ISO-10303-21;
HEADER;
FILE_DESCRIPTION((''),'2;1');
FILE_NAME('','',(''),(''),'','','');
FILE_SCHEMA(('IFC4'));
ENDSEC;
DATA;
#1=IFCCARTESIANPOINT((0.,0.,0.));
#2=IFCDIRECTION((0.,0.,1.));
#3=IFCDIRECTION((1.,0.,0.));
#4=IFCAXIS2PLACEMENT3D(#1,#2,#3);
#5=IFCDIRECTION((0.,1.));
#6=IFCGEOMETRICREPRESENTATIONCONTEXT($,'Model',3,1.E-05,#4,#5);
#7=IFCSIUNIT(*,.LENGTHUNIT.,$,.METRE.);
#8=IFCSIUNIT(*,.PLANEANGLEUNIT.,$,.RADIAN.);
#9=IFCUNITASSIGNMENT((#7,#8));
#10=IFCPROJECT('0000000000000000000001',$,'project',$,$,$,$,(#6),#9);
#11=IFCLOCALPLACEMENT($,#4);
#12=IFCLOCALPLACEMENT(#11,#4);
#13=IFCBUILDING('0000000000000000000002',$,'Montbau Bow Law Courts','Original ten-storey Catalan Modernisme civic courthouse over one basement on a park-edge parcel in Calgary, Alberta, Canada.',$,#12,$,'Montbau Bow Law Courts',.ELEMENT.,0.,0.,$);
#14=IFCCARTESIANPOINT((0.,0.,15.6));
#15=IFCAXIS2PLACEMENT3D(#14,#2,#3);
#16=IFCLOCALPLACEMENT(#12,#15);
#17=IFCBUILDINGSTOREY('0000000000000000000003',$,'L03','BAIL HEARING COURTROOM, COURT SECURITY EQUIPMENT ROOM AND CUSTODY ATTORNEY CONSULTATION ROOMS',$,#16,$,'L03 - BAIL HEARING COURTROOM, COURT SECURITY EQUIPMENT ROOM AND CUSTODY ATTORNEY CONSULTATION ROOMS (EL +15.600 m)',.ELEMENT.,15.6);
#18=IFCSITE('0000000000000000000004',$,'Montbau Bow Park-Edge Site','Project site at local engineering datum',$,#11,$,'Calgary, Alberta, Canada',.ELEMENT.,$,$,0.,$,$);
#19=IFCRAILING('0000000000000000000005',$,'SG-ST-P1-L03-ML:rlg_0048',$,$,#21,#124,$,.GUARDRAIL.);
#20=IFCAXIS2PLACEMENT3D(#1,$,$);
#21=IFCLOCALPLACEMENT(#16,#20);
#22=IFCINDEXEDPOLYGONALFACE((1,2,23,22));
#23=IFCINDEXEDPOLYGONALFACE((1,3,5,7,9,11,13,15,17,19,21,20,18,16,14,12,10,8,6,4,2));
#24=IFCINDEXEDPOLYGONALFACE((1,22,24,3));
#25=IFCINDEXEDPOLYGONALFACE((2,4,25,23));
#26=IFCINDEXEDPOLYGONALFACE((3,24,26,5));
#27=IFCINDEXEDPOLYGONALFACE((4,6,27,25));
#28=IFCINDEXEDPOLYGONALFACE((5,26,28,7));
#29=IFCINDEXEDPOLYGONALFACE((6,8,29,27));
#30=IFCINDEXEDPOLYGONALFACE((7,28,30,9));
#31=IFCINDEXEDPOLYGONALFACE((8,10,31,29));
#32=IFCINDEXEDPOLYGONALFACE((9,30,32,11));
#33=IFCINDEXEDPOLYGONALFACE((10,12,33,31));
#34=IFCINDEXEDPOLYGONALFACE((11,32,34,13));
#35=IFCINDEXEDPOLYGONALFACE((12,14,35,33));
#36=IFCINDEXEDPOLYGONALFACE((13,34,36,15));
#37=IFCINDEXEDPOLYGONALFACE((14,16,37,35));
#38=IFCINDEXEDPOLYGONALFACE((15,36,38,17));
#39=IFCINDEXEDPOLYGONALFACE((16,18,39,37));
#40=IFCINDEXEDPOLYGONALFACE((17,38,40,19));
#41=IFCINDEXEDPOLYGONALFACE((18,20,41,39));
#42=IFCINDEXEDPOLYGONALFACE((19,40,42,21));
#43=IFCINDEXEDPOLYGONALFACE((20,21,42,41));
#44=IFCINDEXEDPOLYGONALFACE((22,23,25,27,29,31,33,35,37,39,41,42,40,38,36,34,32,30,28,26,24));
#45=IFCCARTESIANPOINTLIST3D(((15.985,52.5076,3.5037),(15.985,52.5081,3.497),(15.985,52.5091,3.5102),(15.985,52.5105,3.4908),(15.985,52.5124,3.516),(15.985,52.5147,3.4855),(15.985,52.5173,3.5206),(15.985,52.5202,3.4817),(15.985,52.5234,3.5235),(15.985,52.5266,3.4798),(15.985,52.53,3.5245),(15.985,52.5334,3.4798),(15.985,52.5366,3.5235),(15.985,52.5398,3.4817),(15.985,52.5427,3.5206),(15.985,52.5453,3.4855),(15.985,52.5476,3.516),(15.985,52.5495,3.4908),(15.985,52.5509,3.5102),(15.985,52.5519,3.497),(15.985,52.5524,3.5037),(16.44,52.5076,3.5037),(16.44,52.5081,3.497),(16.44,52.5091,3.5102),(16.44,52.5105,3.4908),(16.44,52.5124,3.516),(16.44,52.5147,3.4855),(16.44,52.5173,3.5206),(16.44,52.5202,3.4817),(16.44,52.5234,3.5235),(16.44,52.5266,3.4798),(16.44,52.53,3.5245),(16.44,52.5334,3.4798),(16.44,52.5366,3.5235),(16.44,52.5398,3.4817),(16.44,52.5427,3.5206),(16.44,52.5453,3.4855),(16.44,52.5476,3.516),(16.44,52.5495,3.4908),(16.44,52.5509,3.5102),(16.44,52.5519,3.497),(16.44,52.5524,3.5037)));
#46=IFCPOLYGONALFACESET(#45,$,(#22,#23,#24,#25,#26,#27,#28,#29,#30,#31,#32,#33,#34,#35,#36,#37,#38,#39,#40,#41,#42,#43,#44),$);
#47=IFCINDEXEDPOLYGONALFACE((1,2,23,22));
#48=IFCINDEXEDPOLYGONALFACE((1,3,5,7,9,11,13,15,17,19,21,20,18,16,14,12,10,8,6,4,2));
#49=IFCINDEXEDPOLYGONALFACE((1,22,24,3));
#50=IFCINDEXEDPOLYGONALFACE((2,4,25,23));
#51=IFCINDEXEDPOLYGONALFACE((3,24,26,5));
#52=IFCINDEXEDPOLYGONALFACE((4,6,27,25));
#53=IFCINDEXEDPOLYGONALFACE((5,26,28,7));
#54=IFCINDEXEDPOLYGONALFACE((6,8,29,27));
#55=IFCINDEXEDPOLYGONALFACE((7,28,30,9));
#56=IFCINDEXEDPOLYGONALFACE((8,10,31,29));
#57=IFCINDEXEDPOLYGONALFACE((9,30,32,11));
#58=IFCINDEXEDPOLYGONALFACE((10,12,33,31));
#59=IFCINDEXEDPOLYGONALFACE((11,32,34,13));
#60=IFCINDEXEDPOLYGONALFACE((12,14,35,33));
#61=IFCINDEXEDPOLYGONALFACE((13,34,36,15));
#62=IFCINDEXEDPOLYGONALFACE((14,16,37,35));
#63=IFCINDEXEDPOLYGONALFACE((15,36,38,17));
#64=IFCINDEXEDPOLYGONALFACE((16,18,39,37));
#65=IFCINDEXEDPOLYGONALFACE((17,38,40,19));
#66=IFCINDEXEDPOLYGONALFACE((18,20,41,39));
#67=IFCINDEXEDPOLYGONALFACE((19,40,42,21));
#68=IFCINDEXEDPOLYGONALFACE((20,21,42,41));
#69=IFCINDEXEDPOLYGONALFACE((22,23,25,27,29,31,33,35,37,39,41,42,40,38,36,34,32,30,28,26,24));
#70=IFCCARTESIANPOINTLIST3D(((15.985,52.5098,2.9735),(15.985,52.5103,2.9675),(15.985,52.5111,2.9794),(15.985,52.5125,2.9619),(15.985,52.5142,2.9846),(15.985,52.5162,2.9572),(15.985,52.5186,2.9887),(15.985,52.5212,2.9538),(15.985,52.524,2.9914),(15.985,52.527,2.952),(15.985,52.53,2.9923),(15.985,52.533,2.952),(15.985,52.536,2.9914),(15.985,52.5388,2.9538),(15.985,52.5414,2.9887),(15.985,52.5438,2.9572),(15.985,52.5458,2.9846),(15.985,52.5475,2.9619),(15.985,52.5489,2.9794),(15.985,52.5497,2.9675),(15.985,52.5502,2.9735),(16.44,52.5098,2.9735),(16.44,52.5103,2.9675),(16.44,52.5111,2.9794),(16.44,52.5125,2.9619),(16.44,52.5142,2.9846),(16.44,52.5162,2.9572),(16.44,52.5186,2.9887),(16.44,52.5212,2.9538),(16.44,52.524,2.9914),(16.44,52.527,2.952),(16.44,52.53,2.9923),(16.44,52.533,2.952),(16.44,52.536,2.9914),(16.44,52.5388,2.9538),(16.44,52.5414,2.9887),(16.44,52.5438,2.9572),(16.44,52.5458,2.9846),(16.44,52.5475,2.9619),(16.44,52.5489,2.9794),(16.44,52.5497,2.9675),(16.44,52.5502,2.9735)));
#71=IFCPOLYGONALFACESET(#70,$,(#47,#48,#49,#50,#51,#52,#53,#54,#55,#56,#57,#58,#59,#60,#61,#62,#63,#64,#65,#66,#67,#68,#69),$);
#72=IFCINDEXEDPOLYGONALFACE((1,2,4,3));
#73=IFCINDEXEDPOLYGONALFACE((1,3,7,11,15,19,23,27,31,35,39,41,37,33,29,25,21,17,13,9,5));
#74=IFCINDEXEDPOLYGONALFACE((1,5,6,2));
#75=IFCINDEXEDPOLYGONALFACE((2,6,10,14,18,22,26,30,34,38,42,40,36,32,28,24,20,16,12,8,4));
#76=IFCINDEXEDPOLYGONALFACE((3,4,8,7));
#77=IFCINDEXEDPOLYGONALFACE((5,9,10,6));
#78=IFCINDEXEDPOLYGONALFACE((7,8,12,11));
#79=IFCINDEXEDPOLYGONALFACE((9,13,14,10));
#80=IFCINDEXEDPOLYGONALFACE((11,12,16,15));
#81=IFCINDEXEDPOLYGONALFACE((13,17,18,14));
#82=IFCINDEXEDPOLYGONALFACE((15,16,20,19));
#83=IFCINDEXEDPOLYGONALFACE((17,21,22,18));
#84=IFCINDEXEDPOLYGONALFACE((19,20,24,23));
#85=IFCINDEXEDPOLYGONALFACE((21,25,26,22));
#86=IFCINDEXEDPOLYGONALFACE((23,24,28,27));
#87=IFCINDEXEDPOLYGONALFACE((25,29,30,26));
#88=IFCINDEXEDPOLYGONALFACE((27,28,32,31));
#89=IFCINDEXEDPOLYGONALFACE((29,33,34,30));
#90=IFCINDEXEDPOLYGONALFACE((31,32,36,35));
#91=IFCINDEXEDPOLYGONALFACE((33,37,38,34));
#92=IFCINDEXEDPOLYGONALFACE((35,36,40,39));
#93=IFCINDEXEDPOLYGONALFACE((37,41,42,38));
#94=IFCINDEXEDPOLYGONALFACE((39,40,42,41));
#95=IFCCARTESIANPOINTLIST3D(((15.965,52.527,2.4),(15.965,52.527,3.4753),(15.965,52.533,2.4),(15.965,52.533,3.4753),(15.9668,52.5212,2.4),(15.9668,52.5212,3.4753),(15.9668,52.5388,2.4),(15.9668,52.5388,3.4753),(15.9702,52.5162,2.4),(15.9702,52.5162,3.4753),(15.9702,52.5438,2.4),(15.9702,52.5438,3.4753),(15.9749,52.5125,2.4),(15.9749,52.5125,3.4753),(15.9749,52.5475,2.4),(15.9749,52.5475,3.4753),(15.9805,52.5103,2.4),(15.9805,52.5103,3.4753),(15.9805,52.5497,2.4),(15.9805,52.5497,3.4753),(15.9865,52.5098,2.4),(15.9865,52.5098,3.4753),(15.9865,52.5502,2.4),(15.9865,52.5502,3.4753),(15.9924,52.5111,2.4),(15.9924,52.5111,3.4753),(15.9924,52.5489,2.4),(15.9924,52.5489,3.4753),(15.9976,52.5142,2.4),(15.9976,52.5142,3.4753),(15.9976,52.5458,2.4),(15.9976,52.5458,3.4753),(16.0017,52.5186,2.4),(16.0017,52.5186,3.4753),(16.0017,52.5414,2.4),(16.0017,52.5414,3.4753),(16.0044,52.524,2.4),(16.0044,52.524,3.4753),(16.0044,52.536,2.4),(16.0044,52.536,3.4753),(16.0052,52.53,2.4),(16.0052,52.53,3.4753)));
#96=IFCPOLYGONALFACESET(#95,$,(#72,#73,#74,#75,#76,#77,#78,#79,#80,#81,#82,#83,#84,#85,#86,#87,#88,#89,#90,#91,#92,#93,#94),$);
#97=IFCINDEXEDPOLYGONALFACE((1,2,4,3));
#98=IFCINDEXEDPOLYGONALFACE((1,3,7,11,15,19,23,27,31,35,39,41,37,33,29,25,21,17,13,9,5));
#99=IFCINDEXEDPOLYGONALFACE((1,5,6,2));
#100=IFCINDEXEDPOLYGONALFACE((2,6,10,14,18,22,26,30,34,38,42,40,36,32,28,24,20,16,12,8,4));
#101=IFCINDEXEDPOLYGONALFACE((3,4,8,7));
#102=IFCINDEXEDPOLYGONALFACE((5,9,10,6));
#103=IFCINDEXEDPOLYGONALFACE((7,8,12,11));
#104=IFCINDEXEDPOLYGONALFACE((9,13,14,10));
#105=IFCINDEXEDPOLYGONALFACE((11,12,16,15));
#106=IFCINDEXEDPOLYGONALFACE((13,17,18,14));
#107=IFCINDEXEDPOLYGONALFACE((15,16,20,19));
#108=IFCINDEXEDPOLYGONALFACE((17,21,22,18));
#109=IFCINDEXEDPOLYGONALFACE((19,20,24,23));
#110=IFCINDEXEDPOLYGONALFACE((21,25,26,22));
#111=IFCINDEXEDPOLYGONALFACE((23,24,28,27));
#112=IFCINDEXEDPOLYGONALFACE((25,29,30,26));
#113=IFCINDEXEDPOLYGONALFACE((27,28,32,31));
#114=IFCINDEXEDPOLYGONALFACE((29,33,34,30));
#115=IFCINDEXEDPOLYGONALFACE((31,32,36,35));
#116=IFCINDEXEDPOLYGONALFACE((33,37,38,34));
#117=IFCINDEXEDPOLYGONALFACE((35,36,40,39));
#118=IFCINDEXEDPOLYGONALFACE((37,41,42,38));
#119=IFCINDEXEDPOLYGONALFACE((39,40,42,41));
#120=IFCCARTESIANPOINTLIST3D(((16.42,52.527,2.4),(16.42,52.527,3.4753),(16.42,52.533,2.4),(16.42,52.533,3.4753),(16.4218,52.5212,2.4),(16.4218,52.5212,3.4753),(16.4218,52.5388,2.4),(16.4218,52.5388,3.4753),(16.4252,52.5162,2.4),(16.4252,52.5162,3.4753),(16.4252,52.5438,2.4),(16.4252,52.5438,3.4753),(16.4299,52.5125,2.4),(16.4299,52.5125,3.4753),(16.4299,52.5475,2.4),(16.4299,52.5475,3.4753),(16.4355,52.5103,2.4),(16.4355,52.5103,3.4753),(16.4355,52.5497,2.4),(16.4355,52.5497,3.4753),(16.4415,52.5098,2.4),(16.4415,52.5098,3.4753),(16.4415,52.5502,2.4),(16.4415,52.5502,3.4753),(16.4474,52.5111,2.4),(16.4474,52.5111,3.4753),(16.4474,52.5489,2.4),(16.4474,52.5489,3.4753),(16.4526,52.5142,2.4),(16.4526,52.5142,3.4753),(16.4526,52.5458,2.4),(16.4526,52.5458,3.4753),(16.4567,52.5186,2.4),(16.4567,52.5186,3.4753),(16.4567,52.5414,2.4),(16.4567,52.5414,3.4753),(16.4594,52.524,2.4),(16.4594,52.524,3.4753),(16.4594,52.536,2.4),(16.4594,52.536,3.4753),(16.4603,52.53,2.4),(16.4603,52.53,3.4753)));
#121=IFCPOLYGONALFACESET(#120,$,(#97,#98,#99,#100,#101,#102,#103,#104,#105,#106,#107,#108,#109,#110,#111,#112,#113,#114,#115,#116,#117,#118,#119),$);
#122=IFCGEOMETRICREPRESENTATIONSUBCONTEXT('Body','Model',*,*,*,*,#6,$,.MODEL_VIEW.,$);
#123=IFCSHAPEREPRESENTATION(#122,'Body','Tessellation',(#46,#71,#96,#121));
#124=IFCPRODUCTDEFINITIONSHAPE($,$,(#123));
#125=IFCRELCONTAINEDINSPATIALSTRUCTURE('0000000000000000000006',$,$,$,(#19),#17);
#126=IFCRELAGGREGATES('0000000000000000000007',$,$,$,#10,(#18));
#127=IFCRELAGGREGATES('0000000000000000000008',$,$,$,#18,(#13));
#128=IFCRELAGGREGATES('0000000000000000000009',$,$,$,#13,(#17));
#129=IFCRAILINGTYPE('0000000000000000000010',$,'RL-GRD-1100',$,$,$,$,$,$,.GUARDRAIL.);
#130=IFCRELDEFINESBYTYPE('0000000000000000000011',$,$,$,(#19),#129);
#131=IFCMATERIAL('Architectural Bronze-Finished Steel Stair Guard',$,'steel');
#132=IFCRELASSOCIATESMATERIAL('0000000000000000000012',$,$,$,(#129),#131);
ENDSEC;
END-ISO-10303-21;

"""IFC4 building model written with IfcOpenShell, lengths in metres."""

from ifc_helpers import new_model, si_unit, direction, frame, origin_with_axes, origin_2d_with_axis, place, context, subcontext, project, spatial, circle, extrude, material, type_object, element, save


model = new_model("IFC4")

# Units and contexts
model_context = context("Model", 3, precision=1e-05, world=origin_with_axes(), true_north=direction((0.0, 1.0)))
body_context = subcontext(model_context, "Body", "Model", "MODEL_VIEW")
ifc_project = project(units=[si_unit("LENGTHUNIT", "METRE"), si_unit("PLANEANGLEUNIT", "RADIAN")], contexts=[model_context])

# Site, building, storey
site_placement = place(None, origin_with_axes())
site = spatial("IfcSite", under=ifc_project, at=site_placement, Name="Montbau Bow Park-Edge Site", Description="Project site at local engineering datum", LongName="Calgary, Alberta, Canada", CompositionType="ELEMENT", RefElevation=0.0)
building_placement = place(site_placement, origin_with_axes())
building = spatial("IfcBuilding", under=site, at=building_placement, Name="Montbau Bow Law Courts", Description="Original ten-storey Catalan Modernisme civic courthouse over one basement on a park-edge parcel in Calgary, Alberta, Canada.", LongName="Montbau Bow Law Courts", CompositionType="ELEMENT", ElevationOfRefHeight=0.0, ElevationOfTerrain=0.0)
storey_placement = place(building_placement, frame((0.0, 0.0, 15.6), z_axis=(0.0, 0.0, 1.0), x_axis=(1.0, 0.0, 0.0)))
storey = spatial("IfcBuildingStorey", under=building, at=storey_placement, Name="L03", Description="BAIL HEARING COURTROOM, COURT SECURITY EQUIPMENT ROOM AND CUSTODY ATTORNEY CONSULTATION ROOMS", LongName="L03 - BAIL HEARING COURTROOM, COURT SECURITY EQUIPMENT ROOM AND CUSTODY ATTORNEY CONSULTATION ROOMS (EL +15.600 m)", CompositionType="ELEMENT", Elevation=15.6)

# Railing
ifc_material_1 = material(Name="Architectural Bronze-Finished Steel Stair Guard", Category="steel")
railing_type_1 = type_object("IfcRailingType", Name="RL-GRD-1100", PredefinedType="GUARDRAIL", material=ifc_material_1)
railing_1_placement = place(None, origin_with_axes())
element("IfcRailing", 1, at=railing_1_placement, inside=storey, type_object=railing_type_1, Name="SG-ST-P1-L03-ML:rlg_0048", PredefinedType="GUARDRAIL", context=body_context, shape_type="SweptSolid", body=[
    extrude(circle(Radius=0.0225, at=origin_2d_with_axis()), frame((15.985, 52.53, 19.102), z_axis=(1.0, 0.0, 0.0), x_axis=(0.0, 0.0, 1.0)), (0.0, 0.0, 1.0), 0.455),
    extrude(circle(Radius=0.0203, at=origin_2d_with_axis()), frame((15.985, 52.53, 18.572), z_axis=(1.0, 0.0, 0.0), x_axis=(0.0, 0.0, 1.0)), (0.0, 0.0, 1.0), 0.455),
    extrude(circle(Radius=0.0203, at=origin_2d_with_axis()), frame((15.985, 52.53, 18.0), z_axis=(0.0, 0.0, 1.0), x_axis=(1.0, 0.0, 0.0)), (0.0, 0.0, 1.0), 1.0753),
    extrude(circle(Radius=0.0203, at=origin_2d_with_axis()), frame((16.44, 52.53, 18.0), z_axis=(0.0, 0.0, 1.0), x_axis=(1.0, 0.0, 0.0)), (0.0, 0.0, 1.0), 1.0753),
])

save(model, "model.ifc")
